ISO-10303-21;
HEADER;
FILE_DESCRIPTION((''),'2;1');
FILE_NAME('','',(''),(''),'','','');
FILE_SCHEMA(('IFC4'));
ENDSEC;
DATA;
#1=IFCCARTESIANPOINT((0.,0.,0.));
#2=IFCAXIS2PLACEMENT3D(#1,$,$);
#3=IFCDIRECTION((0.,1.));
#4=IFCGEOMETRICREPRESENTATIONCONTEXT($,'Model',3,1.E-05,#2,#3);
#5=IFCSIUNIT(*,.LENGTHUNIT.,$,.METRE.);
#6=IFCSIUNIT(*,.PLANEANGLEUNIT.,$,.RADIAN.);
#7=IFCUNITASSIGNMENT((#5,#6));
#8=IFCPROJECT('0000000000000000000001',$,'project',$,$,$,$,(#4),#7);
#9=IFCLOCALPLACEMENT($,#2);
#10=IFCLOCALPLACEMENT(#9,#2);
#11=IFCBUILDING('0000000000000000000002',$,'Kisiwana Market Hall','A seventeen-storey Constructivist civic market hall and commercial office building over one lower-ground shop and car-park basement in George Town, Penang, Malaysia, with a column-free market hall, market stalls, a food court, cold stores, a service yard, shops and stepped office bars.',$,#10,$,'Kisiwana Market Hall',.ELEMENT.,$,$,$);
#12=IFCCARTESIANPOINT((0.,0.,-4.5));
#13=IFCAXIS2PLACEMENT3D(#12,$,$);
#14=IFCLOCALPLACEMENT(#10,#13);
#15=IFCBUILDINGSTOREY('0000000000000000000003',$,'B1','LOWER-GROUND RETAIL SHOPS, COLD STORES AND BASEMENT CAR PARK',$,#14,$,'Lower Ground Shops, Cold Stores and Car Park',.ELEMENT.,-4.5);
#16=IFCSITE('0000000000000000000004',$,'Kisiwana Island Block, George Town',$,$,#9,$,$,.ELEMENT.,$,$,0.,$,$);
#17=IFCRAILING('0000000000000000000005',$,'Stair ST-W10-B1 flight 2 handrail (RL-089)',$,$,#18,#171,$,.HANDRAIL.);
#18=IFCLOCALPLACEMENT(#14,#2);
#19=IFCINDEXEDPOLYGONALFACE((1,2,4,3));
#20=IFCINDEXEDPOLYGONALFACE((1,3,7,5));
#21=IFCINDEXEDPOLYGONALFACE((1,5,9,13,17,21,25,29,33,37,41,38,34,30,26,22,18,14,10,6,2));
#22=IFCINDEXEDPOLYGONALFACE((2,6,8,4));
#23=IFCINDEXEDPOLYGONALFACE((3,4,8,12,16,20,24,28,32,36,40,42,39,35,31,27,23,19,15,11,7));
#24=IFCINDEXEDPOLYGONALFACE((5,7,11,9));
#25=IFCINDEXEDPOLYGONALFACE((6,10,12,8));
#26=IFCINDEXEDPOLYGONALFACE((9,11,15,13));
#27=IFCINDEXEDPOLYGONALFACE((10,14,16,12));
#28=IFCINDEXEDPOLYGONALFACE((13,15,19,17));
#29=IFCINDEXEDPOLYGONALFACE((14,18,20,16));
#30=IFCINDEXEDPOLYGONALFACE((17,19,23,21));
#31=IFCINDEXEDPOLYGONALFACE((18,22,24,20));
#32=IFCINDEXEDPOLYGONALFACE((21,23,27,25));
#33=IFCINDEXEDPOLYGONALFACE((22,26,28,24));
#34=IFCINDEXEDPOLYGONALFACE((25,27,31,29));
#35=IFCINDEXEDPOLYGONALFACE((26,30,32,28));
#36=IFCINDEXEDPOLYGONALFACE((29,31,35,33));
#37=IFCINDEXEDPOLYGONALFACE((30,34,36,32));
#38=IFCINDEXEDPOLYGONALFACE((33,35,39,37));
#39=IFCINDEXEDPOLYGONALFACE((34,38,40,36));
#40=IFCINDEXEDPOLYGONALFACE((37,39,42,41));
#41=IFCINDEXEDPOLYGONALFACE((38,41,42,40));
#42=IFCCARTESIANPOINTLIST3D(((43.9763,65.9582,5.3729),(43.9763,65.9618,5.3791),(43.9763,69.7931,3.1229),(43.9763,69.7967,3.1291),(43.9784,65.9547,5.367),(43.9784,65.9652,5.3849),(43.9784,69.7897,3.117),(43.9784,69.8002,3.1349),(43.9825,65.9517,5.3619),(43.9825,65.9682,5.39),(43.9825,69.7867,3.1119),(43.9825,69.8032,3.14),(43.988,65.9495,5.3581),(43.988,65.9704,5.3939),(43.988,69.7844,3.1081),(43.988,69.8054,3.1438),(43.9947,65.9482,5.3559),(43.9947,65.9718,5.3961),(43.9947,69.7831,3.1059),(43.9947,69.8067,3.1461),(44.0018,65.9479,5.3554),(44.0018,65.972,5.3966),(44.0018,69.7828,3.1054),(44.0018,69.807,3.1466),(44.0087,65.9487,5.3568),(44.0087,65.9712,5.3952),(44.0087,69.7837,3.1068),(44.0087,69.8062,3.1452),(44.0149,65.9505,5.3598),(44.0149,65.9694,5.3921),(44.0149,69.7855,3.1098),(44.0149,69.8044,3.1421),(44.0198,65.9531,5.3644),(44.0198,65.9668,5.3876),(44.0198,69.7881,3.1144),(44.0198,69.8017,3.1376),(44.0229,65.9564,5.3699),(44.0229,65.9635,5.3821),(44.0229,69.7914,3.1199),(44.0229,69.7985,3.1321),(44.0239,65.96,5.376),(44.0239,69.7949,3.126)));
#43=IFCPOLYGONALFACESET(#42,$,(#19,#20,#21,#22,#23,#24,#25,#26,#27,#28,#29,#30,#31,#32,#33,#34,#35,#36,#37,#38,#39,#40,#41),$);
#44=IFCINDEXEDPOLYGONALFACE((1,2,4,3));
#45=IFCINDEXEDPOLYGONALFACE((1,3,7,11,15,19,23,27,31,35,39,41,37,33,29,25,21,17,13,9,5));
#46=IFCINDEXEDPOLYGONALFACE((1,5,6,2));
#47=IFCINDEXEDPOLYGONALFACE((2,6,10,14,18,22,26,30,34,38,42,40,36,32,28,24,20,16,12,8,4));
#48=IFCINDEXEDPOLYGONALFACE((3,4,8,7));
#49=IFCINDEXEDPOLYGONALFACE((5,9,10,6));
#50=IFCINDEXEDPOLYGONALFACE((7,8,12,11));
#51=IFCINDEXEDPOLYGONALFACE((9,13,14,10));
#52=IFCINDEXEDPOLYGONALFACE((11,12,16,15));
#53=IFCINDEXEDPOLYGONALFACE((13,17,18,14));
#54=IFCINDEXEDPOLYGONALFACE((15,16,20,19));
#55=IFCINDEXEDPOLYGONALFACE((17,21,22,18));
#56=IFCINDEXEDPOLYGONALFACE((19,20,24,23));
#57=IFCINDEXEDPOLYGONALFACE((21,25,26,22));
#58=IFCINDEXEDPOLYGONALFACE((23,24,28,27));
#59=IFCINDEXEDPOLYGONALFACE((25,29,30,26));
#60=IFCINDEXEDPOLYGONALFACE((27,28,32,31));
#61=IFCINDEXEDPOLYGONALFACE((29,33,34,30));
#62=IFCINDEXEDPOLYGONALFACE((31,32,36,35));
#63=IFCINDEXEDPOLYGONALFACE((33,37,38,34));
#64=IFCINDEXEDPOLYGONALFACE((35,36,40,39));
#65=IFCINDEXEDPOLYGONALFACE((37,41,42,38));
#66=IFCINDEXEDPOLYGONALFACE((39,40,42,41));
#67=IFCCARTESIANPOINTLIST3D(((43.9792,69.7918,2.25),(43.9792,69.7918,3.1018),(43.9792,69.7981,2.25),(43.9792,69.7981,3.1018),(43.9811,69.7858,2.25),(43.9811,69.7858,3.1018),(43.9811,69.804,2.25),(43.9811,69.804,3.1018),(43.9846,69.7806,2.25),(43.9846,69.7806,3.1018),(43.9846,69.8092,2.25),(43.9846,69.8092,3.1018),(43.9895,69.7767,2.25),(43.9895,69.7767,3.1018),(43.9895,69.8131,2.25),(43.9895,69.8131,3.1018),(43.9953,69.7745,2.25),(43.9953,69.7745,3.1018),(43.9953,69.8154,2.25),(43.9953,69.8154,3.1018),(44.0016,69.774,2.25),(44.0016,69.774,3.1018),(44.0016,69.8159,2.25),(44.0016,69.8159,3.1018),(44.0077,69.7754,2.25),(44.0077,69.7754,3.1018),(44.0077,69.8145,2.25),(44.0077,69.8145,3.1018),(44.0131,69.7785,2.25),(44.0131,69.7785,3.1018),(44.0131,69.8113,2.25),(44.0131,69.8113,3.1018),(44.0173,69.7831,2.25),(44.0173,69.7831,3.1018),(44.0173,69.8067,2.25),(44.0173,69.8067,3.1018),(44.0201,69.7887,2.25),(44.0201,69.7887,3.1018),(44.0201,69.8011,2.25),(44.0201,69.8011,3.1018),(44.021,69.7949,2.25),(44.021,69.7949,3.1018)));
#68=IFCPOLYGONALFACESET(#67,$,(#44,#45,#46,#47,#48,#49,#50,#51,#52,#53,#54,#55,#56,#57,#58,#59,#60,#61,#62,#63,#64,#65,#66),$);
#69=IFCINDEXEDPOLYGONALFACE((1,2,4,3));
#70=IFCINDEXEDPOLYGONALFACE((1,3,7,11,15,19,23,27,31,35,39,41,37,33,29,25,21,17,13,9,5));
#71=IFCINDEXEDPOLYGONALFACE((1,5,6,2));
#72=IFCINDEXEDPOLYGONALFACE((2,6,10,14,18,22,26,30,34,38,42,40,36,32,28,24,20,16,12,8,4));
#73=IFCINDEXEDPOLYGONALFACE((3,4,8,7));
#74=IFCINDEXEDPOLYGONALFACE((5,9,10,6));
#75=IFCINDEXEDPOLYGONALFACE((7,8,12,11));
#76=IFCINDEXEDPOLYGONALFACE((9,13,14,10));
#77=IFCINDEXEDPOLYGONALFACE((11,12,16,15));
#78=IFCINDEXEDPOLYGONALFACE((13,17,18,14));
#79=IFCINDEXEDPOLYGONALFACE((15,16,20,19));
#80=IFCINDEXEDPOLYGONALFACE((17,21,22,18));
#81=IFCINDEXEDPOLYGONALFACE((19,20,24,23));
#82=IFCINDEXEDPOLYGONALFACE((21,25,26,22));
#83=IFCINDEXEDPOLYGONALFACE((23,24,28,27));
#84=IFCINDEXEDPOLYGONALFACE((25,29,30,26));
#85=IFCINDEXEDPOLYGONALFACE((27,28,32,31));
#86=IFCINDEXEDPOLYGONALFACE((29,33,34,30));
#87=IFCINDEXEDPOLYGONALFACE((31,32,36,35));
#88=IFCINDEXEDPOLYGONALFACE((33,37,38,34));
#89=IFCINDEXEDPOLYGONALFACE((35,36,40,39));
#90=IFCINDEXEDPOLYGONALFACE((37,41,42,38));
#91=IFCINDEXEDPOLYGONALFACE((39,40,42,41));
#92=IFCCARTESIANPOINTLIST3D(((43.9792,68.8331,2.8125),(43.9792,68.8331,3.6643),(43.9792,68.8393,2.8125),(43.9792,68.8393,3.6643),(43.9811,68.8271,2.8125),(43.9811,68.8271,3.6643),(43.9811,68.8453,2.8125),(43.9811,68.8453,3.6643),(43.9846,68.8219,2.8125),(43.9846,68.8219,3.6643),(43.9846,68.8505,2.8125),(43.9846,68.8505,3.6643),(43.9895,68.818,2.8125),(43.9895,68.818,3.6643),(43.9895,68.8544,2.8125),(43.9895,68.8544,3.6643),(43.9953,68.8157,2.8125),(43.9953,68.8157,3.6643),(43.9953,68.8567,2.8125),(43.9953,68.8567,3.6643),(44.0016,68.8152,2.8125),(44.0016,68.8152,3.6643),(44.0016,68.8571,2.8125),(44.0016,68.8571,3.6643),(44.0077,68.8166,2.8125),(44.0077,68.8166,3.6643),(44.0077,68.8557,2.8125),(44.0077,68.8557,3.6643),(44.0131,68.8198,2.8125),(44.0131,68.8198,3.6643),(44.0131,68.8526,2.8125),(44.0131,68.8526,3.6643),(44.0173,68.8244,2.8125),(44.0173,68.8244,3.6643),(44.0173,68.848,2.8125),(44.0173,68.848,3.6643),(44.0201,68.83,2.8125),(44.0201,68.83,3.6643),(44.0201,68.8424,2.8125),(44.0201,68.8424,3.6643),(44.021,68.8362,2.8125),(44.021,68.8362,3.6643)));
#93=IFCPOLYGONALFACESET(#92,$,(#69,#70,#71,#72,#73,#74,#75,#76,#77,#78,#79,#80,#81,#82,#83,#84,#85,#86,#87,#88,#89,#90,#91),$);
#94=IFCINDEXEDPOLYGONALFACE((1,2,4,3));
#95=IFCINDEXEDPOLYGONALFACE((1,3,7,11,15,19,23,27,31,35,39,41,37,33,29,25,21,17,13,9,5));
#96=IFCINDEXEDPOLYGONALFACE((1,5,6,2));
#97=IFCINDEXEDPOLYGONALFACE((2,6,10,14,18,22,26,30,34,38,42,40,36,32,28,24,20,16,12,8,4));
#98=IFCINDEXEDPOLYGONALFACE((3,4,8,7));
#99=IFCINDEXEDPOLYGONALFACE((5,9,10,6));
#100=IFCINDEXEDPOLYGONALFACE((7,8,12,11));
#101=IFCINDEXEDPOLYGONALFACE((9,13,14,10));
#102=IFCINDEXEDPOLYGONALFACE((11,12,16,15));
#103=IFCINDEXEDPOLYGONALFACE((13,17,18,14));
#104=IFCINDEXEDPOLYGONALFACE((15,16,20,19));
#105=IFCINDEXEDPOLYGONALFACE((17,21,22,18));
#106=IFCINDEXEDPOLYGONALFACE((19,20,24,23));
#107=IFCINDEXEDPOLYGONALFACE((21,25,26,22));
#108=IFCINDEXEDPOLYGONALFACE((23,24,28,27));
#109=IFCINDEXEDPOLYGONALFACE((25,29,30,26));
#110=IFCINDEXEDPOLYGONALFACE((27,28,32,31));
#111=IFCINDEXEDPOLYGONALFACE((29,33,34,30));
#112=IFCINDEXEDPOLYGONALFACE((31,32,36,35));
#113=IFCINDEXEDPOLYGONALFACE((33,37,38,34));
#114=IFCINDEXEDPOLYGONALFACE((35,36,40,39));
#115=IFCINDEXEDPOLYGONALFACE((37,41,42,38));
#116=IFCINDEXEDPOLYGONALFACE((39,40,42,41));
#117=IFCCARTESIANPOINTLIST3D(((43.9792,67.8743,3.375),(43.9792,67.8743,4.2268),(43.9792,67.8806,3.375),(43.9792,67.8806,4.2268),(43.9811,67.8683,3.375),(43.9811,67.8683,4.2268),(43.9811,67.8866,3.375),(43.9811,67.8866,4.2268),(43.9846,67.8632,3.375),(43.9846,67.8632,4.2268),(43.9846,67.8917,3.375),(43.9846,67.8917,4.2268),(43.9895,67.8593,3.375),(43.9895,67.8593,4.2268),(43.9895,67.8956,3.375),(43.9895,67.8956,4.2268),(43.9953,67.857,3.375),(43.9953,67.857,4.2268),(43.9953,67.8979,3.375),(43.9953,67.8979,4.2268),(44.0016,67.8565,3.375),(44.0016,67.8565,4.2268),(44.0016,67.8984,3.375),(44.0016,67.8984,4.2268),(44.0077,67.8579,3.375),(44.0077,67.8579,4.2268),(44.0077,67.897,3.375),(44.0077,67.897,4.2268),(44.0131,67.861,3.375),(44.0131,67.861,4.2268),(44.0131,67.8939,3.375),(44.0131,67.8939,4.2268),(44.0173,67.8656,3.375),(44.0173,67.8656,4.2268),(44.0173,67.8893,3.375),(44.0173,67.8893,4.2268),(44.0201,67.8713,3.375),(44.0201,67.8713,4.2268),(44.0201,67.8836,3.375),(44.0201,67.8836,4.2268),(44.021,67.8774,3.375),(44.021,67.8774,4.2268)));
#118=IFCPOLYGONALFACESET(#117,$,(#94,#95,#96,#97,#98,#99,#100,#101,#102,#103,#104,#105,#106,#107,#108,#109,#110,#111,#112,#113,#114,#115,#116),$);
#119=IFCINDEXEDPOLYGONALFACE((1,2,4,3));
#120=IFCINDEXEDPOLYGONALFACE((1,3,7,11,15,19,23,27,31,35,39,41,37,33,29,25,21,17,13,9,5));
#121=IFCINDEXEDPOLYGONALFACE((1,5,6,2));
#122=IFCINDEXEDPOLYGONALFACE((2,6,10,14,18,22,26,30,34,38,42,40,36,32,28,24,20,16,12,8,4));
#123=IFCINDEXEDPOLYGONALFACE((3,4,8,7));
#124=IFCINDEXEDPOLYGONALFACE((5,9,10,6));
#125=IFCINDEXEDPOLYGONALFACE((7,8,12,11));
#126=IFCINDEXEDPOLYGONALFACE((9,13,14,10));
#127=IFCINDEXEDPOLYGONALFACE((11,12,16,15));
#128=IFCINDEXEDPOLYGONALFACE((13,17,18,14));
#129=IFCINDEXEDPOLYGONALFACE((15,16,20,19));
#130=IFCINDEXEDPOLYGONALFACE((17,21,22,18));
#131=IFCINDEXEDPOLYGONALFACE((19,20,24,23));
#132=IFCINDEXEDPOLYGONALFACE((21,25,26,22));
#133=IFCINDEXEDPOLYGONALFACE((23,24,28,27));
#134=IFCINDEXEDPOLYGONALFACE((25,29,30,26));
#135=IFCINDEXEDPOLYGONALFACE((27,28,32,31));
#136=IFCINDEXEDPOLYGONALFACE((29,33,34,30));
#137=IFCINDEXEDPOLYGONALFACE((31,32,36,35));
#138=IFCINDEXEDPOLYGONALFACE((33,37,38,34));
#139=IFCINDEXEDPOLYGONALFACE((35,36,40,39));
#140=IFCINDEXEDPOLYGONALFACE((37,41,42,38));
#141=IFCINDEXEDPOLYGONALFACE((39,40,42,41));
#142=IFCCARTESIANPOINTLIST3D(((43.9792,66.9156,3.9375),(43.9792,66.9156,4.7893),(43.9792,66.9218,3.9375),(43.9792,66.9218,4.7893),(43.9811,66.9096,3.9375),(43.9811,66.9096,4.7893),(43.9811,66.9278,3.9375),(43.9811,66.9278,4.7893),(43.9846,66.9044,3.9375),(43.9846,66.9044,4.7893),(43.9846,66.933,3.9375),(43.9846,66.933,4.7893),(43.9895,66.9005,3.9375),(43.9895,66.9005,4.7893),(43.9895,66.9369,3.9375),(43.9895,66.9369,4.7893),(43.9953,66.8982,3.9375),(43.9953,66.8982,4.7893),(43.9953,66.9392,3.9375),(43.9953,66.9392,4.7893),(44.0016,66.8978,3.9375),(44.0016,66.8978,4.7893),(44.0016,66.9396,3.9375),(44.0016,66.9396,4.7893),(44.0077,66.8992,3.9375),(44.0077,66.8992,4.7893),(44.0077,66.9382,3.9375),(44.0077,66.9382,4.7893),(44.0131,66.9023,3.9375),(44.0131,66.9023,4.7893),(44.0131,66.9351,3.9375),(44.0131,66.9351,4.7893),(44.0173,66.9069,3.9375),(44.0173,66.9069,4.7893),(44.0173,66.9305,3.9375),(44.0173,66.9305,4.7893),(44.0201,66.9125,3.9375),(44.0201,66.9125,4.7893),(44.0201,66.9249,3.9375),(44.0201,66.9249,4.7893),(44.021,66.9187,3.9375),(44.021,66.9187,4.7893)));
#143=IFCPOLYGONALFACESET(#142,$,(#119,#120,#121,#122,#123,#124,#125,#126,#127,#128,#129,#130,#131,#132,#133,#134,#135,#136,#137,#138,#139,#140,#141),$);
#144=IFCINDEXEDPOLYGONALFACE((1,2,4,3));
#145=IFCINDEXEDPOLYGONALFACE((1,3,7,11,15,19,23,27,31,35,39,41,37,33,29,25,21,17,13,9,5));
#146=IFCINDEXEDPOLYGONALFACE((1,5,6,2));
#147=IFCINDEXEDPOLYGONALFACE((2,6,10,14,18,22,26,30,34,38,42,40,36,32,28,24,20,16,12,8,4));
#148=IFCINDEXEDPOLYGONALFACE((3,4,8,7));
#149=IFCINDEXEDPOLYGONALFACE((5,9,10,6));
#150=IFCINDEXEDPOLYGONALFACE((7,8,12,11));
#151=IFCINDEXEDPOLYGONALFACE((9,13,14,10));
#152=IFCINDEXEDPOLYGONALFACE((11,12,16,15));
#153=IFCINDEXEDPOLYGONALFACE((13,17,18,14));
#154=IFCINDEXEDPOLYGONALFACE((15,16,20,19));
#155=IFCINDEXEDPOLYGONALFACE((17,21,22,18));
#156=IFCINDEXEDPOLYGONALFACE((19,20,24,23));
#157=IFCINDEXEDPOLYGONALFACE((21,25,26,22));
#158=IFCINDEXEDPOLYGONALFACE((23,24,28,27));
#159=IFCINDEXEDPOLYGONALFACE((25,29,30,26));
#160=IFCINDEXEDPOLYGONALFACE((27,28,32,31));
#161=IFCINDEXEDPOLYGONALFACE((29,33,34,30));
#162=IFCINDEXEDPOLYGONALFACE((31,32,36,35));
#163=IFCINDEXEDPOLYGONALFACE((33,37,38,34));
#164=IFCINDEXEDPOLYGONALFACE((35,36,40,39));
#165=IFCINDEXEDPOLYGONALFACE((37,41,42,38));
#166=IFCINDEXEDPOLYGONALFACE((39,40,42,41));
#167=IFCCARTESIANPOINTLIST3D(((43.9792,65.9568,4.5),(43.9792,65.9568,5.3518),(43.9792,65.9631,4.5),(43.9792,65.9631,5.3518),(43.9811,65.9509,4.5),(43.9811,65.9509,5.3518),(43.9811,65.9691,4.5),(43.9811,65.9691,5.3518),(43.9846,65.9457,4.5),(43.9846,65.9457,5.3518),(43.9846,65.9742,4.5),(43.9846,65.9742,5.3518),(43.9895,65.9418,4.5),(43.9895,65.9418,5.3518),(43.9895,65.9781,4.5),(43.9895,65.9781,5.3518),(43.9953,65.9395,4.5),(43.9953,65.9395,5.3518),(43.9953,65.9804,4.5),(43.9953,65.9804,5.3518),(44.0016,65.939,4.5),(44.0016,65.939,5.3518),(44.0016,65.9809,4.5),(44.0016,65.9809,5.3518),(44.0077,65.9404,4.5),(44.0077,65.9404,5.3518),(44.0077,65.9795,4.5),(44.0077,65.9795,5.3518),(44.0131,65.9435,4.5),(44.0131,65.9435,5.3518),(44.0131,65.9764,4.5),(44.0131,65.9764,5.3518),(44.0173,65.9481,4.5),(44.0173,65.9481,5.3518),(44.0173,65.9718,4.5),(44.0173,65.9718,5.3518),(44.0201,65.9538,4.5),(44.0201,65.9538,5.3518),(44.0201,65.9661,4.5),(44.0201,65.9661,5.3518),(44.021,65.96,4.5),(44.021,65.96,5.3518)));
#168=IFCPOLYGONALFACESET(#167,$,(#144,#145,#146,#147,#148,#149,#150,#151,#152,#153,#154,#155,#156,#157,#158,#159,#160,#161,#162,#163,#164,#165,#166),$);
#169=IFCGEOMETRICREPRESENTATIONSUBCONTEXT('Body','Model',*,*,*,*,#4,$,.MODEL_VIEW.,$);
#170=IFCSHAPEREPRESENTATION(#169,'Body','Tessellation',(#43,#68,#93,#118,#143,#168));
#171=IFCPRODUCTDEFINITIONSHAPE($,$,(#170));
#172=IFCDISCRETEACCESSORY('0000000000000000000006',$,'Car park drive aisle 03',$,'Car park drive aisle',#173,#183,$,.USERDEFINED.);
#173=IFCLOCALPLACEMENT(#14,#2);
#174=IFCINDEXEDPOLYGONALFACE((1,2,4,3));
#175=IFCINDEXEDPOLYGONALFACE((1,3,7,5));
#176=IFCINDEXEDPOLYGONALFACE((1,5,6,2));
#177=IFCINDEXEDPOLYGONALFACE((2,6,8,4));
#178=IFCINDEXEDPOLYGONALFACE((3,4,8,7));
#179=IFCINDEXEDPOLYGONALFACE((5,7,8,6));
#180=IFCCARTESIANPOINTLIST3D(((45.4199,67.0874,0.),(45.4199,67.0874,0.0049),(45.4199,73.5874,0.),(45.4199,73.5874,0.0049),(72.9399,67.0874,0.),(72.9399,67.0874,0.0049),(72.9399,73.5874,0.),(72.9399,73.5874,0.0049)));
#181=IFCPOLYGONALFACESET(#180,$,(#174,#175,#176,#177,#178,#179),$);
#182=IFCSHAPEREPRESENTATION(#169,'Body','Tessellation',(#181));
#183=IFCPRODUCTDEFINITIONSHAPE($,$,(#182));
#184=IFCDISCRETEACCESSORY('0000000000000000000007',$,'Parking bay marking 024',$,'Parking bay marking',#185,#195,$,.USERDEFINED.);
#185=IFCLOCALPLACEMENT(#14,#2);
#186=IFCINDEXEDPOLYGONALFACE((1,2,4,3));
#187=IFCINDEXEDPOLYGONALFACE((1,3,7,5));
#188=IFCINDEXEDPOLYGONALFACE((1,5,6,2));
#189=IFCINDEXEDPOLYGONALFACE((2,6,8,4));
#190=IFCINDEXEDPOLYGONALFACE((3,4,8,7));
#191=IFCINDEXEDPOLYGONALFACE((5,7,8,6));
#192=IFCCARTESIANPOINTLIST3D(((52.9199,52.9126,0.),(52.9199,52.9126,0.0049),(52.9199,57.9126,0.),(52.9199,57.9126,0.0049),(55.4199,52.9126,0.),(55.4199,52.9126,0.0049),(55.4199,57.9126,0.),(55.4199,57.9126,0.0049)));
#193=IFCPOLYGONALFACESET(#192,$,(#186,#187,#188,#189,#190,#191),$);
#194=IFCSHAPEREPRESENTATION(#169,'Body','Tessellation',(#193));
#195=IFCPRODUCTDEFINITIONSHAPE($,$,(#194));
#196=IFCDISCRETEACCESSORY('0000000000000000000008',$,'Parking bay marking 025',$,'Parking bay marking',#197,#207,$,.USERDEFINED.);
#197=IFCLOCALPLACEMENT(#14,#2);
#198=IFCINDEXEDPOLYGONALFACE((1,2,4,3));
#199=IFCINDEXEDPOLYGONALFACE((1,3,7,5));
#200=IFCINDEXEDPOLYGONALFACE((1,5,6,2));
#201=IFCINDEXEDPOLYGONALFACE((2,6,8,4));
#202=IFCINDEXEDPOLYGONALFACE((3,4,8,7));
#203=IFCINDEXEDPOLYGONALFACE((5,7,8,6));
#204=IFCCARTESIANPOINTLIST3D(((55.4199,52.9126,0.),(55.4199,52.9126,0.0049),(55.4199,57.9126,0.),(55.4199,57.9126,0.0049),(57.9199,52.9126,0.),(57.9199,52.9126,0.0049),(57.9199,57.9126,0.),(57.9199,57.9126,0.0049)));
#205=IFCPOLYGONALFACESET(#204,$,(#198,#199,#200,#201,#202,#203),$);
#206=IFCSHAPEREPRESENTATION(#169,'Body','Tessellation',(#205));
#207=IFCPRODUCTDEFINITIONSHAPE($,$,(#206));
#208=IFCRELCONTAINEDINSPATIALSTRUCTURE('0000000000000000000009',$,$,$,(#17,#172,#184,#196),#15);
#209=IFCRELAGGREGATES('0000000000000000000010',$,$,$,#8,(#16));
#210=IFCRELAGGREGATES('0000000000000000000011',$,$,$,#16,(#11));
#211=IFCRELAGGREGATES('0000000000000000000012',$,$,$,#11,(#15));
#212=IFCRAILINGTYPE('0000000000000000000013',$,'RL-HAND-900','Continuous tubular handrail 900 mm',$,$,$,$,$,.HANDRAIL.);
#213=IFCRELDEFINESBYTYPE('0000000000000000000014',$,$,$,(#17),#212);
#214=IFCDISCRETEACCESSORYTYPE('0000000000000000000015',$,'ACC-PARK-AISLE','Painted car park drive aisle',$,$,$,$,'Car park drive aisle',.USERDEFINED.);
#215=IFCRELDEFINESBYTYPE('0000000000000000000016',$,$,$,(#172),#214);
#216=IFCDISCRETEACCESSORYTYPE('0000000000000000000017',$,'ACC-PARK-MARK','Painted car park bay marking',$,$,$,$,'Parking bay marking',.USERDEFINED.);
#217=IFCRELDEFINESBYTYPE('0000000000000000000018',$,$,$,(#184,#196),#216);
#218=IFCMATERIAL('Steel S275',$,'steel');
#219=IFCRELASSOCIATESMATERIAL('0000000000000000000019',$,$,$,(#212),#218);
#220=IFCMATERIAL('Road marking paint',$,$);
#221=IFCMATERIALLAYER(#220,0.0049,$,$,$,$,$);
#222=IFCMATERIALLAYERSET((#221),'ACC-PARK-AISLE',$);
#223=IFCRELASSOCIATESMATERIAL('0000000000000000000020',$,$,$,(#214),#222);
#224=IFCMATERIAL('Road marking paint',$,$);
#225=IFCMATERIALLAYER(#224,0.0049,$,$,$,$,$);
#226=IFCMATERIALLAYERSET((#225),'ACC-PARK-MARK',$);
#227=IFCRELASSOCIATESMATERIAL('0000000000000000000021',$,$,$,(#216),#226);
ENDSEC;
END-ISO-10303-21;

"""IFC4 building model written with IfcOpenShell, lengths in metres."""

from ifc_helpers import new_model, si_unit, direction, frame, origin, origin_2d, place, context, subcontext, project, spatial, rectangle, circle, extrude, material, layer, layer_set, type_object, element, save


model = new_model("IFC4")

# Units and contexts
model_context = context("Model", 3, precision=1e-05, world=origin(), true_north=direction((0.0, 1.0)))
body_context = subcontext(model_context, "Body", "Model", "MODEL_VIEW")
ifc_project = project(units=[si_unit("LENGTHUNIT", "METRE"), si_unit("PLANEANGLEUNIT", "RADIAN")], contexts=[model_context])

# Site, building, storey
site_placement = place(None, origin())
site = spatial("IfcSite", under=ifc_project, at=site_placement, Name="Kisiwana Island Block, George Town", CompositionType="ELEMENT", RefElevation=0.0)
building_placement = place(site_placement, origin())
building = spatial("IfcBuilding", under=site, at=building_placement, Name="Kisiwana Market Hall", Description="A seventeen-storey Constructivist civic market hall and commercial office building over one lower-ground shop and car-park basement in George Town, Penang, Malaysia, with a column-free market hall, market stalls, a food court, cold stores, a service yard, shops and stepped office bars.", LongName="Kisiwana Market Hall", CompositionType="ELEMENT")
storey_placement = place(building_placement, frame((0.0, 0.0, -4.5)))
storey = spatial("IfcBuildingStorey", under=building, at=storey_placement, Name="B1", Description="LOWER-GROUND RETAIL SHOPS, COLD STORES AND BASEMENT CAR PARK", LongName="Lower Ground Shops, Cold Stores and Car Park", CompositionType="ELEMENT", Elevation=-4.5)

# Railing
ifc_material_1 = material(Name="Steel S275", Category="steel")
railing_type = type_object("IfcRailingType", Name="RL-HAND-900", Description="Continuous tubular handrail 900 mm", PredefinedType="HANDRAIL", material=ifc_material_1)
railing_placement = place(storey_placement, frame((44.0, 69.7949, 2.25)))
element("IfcRailing", 1, at=railing_placement, inside=storey, type_object=railing_type, Name="Stair ST-W10-B1 flight 2 handrail (RL-089)", PredefinedType="HANDRAIL", context=body_context, shape_type="SweptSolid", body=[
    extrude(circle(Radius=0.0239, at=origin_2d()), frame((0.0, 0.0, 0.876), z_axis=(0.0, -0.86251, 0.506041), x_axis=(1.0, 0.0, 0.0)), (0.0, 0.0, 1.0), 4.4463),
    extrude(circle(Radius=0.021, at=origin_2d()), origin(), (0.0, 0.0, 1.0), 0.8518),
    extrude(circle(Radius=0.021, at=origin_2d()), frame((0.0, -0.9587, 0.5625)), (0.0, 0.0, 1.0), 0.8518),
    extrude(circle(Radius=0.021, at=origin_2d()), frame((0.0, -1.9175, 1.125)), (0.0, 0.0, 1.0), 0.8518),
    extrude(circle(Radius=0.021, at=origin_2d()), frame((0.0, -2.8762, 1.6875)), (0.0, 0.0, 1.0), 0.8518),
    extrude(circle(Radius=0.021, at=origin_2d()), frame((0.0, -3.835, 2.25)), (0.0, 0.0, 1.0), 0.8518),
])

# Discrete accessories
ifc_material_2 = material(Name="Road marking paint")
ifc_layer_1 = layer(ifc_material_2, 0.0049)
ifc_layer_set_1 = layer_set([ifc_layer_1], Name="ACC-PARK-AISLE")
discrete_accessory_type_1 = type_object("IfcDiscreteAccessoryType", Name="ACC-PARK-AISLE", Description="Painted car park drive aisle", ElementType="Car park drive aisle", PredefinedType="USERDEFINED", material=ifc_layer_set_1)
discrete_accessory_placement = place(storey_placement, frame((59.1799, 70.3374, 0.0), z_axis=(0.0, 0.0, 1.0), x_axis=(1.0, 0.0, 0.0)))
element("IfcDiscreteAccessory", 2, at=discrete_accessory_placement, inside=storey, type_object=discrete_accessory_type_1, Name="Car park drive aisle 03", ObjectType="Car park drive aisle", PredefinedType="USERDEFINED", context=body_context, shape_type="SweptSolid", body=[
    extrude(rectangle(XDim=27.52, YDim=6.5, at=origin_2d()), origin(), (0.0, 0.0, 1.0), 0.0049),
])
ifc_material_3 = material(Name="Road marking paint")
ifc_layer_2 = layer(ifc_material_3, 0.0049)
ifc_layer_set_2 = layer_set([ifc_layer_2], Name="ACC-PARK-MARK")
discrete_accessory_type_2 = type_object("IfcDiscreteAccessoryType", Name="ACC-PARK-MARK", Description="Painted car park bay marking", ElementType="Parking bay marking", PredefinedType="USERDEFINED", material=ifc_layer_set_2)
for number, where, z_axis, x_axis, name in (
    (3, (54.1699, 55.4126, 0.0), (0.0, 0.0, 1.0), (1.0, 0.0, 0.0), "Parking bay marking 024"),
    (4, (56.6699, 55.4126, 0.0), (0.0, 0.0, 1.0), (1.0, 0.0, 0.0), "Parking bay marking 025"),
):
    element("IfcDiscreteAccessory", number, at=place(storey_placement, frame(where, z_axis=z_axis, x_axis=x_axis)), inside=storey, type_object=discrete_accessory_type_2, Name=name, ObjectType="Parking bay marking", PredefinedType="USERDEFINED", context=body_context, shape_type="SweptSolid", body=[
        extrude(rectangle(XDim=2.5, YDim=5.0, at=origin_2d()), origin(), (0.0, 0.0, 1.0), 0.0049),
    ])

save(model, "model.ifc")
